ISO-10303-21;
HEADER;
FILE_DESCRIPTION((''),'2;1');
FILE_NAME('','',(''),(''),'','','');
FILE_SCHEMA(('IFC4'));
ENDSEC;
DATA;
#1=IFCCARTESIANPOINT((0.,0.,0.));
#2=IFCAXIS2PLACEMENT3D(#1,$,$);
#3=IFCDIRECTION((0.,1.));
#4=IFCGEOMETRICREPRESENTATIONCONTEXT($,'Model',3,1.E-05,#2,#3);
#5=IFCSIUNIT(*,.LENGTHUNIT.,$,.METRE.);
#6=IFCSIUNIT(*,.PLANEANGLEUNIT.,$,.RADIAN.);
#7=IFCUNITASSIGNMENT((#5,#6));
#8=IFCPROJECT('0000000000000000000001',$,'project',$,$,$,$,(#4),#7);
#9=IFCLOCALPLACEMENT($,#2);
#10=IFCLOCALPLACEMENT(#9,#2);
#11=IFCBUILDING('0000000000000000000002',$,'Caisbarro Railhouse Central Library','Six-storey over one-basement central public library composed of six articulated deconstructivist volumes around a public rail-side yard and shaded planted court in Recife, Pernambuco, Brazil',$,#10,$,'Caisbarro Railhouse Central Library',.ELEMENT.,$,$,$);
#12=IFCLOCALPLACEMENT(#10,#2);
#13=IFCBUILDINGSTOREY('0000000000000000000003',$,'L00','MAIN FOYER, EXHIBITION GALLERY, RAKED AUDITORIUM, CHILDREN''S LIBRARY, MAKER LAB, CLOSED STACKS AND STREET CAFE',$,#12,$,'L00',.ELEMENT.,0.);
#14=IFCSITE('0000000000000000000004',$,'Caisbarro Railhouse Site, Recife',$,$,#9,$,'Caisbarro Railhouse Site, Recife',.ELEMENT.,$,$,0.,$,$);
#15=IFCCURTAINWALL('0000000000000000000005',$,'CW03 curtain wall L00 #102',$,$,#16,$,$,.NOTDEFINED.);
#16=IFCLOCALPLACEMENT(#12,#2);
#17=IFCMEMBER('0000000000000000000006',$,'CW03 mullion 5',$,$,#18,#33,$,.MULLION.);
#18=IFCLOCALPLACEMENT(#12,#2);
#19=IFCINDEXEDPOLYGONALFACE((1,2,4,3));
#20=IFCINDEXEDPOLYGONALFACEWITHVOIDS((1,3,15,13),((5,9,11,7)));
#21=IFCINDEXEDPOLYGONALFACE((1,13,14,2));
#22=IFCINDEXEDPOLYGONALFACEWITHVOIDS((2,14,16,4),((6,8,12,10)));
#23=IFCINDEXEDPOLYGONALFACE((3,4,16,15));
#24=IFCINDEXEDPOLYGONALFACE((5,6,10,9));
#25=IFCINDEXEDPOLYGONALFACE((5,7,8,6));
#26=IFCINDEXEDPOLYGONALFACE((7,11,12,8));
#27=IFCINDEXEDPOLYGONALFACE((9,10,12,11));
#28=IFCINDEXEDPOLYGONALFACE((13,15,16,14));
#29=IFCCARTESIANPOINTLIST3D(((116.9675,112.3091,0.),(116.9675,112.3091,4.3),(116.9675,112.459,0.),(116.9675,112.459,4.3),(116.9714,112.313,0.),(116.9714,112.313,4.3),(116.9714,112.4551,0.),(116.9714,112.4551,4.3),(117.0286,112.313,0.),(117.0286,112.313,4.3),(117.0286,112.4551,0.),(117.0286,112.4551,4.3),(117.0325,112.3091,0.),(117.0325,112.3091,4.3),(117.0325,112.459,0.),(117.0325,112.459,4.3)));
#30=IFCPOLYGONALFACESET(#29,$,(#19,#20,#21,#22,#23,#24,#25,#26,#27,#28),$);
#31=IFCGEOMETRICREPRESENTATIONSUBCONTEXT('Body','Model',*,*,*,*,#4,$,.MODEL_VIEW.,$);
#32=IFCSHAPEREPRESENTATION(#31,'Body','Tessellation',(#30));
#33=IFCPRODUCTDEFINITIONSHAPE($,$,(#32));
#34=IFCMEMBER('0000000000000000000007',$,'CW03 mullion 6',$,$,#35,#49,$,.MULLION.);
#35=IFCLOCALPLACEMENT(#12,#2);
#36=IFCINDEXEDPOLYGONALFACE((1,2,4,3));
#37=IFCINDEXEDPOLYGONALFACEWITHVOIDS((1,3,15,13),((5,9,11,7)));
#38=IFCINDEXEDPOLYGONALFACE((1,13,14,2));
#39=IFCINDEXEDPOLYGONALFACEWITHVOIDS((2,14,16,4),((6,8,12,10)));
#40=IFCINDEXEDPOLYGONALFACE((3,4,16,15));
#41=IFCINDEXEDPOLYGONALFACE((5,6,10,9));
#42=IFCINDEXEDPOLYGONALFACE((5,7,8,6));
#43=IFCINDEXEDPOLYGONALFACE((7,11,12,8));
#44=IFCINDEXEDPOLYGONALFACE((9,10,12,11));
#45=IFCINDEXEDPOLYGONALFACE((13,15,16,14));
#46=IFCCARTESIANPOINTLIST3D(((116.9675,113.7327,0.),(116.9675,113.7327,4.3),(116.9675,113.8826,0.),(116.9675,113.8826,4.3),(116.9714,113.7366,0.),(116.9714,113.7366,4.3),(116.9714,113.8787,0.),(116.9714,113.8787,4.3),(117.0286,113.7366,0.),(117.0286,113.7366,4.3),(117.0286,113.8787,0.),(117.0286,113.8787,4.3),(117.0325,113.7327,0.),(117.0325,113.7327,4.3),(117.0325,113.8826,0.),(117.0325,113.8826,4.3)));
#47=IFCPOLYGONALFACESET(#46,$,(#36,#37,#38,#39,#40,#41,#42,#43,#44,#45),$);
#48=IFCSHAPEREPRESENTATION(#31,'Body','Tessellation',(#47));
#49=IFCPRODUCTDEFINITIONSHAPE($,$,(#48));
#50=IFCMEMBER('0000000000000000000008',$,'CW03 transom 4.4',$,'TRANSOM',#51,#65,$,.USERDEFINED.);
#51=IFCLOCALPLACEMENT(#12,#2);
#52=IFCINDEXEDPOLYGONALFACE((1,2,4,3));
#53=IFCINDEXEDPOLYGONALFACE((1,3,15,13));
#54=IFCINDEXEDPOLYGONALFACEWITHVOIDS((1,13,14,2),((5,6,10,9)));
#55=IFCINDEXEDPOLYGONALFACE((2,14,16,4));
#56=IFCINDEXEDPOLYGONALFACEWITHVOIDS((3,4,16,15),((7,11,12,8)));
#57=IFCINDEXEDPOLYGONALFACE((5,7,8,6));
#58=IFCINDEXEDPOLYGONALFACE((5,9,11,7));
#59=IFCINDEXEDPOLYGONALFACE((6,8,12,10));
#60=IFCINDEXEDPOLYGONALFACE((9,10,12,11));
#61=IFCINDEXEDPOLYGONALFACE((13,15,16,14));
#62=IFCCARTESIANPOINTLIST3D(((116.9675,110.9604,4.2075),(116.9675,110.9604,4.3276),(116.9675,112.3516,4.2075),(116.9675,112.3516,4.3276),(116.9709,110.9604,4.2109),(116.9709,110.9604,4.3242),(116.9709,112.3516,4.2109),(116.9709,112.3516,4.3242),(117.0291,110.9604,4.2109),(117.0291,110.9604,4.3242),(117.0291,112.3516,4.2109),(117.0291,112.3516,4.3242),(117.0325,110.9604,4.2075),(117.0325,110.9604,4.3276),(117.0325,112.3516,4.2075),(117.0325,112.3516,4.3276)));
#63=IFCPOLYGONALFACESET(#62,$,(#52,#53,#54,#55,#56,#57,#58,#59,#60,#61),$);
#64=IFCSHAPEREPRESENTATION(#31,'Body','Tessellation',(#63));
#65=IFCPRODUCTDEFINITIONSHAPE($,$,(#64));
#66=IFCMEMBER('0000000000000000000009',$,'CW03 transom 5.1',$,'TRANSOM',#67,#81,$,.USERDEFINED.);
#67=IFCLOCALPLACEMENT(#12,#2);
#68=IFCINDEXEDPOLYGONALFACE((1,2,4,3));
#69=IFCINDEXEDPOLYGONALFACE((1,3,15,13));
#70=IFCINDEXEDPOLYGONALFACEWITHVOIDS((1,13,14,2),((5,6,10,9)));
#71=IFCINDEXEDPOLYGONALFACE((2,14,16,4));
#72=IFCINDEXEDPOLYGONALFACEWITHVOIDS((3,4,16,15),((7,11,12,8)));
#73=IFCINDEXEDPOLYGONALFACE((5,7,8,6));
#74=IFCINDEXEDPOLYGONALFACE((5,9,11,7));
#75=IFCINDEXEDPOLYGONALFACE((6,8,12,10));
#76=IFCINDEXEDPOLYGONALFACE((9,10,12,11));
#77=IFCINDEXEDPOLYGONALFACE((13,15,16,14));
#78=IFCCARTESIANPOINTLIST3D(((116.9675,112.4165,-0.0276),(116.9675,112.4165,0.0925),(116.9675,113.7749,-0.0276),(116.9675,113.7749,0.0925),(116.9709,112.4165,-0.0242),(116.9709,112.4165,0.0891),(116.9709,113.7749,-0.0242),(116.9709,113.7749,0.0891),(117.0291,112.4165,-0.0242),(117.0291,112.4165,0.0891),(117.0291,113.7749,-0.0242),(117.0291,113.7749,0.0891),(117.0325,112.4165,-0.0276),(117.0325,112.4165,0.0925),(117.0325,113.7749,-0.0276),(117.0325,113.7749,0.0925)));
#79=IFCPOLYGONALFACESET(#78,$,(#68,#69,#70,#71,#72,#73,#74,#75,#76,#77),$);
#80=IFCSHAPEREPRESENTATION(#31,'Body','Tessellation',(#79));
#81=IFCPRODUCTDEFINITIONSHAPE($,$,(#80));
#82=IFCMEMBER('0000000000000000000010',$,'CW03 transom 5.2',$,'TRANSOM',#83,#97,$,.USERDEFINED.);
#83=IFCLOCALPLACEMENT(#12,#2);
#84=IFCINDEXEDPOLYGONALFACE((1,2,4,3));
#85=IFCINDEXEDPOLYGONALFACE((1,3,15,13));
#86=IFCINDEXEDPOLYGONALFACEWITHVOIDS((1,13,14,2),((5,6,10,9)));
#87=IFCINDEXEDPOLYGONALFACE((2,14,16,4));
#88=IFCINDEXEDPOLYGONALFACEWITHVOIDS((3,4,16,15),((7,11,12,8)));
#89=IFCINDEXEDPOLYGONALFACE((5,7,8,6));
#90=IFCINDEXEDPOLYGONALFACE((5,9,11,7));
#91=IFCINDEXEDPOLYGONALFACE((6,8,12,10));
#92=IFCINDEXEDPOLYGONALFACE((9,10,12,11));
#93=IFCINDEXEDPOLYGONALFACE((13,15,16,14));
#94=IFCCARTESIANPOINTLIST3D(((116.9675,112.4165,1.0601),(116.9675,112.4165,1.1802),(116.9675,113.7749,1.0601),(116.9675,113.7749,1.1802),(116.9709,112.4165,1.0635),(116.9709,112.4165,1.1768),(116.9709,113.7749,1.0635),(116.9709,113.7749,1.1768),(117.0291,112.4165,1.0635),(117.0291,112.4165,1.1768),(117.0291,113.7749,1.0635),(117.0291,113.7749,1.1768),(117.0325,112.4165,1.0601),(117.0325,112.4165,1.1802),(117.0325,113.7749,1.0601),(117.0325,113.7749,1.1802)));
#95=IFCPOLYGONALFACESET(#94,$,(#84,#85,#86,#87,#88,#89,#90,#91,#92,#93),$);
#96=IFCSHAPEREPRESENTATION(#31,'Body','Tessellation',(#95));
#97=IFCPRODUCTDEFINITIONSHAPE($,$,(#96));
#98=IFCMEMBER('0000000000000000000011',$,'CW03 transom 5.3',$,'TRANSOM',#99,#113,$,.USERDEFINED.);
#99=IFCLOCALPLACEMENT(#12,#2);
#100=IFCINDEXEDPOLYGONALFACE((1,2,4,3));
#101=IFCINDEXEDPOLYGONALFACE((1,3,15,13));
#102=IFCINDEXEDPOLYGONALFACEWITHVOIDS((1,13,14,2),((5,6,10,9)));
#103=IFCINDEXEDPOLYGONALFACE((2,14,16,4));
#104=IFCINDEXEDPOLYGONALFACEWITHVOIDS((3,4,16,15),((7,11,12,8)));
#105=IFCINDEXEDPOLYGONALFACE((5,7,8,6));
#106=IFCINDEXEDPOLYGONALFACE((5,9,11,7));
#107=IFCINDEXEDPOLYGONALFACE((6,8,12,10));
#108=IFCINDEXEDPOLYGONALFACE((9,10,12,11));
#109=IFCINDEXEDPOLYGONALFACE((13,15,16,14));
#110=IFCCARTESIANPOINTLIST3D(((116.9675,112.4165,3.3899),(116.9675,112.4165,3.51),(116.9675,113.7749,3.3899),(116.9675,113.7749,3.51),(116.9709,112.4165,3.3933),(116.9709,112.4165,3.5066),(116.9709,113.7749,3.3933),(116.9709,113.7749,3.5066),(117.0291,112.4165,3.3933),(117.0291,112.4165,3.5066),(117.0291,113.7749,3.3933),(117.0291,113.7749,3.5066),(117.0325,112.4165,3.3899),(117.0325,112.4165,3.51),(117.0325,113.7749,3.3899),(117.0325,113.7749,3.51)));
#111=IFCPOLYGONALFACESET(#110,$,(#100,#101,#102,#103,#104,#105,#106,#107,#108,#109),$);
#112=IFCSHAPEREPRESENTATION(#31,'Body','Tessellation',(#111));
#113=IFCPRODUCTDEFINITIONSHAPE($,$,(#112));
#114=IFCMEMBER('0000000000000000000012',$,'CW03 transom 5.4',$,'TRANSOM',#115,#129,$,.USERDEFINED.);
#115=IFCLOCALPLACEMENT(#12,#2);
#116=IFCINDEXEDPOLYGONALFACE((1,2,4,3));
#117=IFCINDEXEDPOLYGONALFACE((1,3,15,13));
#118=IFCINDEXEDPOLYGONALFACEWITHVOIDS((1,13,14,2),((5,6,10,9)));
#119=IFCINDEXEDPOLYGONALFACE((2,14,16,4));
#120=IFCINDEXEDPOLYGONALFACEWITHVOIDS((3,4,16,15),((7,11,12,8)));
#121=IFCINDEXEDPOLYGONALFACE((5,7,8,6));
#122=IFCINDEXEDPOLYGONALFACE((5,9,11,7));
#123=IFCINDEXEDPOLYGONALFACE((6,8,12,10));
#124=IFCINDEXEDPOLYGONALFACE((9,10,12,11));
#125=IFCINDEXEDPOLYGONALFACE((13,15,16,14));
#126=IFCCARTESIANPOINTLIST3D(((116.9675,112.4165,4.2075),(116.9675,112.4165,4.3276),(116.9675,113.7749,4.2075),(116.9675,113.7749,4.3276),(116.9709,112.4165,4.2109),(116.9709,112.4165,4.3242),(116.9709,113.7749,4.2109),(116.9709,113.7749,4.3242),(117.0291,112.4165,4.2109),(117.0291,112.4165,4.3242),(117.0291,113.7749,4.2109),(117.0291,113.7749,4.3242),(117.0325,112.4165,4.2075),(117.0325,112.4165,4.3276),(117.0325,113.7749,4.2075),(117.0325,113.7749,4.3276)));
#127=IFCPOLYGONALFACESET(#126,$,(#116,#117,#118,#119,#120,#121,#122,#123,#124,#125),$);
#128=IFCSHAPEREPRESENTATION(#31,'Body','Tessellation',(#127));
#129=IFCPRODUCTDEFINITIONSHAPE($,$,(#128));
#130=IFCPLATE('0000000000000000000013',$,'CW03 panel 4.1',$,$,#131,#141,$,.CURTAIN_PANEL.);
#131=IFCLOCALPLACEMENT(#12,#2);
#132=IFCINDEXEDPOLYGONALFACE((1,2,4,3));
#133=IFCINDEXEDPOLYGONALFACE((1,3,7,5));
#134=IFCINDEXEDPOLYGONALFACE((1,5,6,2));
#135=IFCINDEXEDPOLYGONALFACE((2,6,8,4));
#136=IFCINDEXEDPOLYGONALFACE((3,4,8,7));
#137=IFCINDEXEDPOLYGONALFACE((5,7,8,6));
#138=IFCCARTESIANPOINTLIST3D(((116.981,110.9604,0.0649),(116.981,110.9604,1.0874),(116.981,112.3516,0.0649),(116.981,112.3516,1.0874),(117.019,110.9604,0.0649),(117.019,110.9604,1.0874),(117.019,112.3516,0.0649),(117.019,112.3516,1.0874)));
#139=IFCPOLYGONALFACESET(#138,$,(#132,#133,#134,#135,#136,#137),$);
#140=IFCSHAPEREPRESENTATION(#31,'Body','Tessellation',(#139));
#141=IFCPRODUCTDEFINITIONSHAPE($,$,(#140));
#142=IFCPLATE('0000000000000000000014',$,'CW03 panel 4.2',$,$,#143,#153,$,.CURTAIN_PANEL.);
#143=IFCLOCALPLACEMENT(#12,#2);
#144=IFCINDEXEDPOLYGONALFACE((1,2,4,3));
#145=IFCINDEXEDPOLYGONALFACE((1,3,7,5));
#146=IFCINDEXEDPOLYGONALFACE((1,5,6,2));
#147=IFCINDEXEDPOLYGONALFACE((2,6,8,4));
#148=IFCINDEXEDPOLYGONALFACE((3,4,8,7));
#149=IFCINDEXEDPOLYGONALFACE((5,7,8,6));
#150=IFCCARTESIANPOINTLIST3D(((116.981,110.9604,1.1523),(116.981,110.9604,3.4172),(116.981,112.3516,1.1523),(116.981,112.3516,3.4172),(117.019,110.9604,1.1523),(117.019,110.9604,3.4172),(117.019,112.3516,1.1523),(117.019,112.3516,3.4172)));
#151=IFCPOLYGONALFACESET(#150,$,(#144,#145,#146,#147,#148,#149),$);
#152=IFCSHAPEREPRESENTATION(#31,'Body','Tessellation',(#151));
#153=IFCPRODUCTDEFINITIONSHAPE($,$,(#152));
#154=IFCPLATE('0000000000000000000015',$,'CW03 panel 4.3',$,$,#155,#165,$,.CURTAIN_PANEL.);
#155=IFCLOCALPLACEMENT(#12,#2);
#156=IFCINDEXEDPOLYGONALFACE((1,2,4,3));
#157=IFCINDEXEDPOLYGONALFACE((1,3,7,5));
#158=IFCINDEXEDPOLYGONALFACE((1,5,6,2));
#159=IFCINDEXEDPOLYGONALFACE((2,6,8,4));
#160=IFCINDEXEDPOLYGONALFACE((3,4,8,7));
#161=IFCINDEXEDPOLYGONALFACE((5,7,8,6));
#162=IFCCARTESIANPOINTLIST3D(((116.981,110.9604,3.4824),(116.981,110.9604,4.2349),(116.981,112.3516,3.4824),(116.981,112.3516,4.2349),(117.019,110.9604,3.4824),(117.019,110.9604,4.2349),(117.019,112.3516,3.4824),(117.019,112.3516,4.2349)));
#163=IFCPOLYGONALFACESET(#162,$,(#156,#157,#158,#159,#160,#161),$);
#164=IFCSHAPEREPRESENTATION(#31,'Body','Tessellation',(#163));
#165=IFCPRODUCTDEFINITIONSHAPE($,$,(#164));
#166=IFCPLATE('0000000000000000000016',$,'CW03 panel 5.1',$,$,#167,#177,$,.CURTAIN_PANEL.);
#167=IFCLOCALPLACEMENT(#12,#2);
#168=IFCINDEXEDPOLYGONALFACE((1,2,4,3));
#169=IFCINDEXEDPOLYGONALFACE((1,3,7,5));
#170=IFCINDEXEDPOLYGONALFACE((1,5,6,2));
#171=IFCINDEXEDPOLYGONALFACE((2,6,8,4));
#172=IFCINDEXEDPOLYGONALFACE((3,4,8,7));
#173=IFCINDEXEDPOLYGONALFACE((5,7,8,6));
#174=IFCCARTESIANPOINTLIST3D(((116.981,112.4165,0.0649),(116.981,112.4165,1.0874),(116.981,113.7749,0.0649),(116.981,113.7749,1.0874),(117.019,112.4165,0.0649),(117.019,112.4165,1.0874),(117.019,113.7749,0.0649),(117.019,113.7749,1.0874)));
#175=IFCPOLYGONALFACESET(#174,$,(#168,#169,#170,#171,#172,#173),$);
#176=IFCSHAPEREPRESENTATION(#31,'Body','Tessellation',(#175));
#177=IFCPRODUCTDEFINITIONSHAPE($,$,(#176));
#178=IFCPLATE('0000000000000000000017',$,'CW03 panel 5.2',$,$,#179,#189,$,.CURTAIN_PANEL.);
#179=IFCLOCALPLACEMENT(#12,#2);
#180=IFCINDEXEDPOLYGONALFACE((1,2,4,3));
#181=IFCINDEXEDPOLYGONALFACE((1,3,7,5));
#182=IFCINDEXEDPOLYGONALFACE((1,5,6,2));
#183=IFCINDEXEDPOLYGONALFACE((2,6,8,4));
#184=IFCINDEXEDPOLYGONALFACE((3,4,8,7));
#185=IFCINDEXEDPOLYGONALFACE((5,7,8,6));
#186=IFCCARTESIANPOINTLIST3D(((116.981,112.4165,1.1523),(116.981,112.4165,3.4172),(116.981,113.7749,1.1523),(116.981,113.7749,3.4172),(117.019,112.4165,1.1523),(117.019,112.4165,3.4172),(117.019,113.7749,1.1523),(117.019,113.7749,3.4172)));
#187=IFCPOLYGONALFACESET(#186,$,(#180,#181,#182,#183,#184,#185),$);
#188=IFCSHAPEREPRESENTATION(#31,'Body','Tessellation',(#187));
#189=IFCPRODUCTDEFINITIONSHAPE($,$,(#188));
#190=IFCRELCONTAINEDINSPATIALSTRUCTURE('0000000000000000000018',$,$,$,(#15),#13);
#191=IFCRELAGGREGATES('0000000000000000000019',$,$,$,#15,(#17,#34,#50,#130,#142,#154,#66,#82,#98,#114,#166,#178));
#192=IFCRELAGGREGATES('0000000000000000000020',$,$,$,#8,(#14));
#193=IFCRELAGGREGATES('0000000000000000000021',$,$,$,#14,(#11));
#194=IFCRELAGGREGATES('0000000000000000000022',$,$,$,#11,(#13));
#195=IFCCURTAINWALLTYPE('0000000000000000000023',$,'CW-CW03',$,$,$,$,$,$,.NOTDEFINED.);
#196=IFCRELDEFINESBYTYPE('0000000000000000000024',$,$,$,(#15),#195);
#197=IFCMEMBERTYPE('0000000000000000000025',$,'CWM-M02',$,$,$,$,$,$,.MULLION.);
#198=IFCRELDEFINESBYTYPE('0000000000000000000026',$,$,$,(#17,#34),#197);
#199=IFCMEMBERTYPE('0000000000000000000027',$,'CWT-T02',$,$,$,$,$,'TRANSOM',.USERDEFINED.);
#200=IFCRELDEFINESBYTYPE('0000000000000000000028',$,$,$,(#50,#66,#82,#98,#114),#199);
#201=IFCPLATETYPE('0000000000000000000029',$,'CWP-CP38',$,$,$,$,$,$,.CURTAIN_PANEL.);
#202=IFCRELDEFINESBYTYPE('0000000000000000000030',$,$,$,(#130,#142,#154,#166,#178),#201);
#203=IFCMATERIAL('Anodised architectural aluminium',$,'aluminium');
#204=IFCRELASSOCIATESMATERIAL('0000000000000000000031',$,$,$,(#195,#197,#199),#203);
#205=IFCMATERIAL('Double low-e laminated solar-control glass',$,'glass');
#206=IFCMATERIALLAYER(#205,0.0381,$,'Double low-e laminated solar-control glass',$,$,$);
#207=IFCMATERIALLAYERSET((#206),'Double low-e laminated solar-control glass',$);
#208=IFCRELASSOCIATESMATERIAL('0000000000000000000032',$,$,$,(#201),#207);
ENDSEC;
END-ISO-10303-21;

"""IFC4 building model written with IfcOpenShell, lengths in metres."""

from ifc_helpers import new_model, si_unit, direction, frame, origin, origin_2d, place, context, subcontext, project, spatial, rectangle, hollow_rectangle, extrude, material, layer, layer_set, material_profile, profile_set, type_object, element, aggregate, save


model = new_model("IFC4")

# Units and contexts
model_context = context("Model", 3, precision=1e-05, world=origin(), true_north=direction((0.0, 1.0)))
body_context = subcontext(model_context, "Body", "Model", "MODEL_VIEW")
ifc_project = project(units=[si_unit("LENGTHUNIT", "METRE"), si_unit("PLANEANGLEUNIT", "RADIAN")], contexts=[model_context])

# Site, building, storey
site_placement = place(None, origin())
site = spatial("IfcSite", under=ifc_project, at=site_placement, Name="Caisbarro Railhouse Site, Recife", LongName="Caisbarro Railhouse Site, Recife", CompositionType="ELEMENT", RefElevation=0.0)
building_placement = place(site_placement, origin())
building = spatial("IfcBuilding", under=site, at=building_placement, Name="Caisbarro Railhouse Central Library", Description="Six-storey over one-basement central public library composed of six articulated deconstructivist volumes around a public rail-side yard and shaded planted court in Recife, Pernambuco, Brazil", LongName="Caisbarro Railhouse Central Library", CompositionType="ELEMENT")
storey_placement = place(building_placement, origin())
storey = spatial("IfcBuildingStorey", under=building, at=storey_placement, Name="L00", Description="MAIN FOYER, EXHIBITION GALLERY, RAKED AUDITORIUM, CHILDREN'S LIBRARY, MAKER LAB, CLOSED STACKS AND STREET CAFE", LongName="L00", CompositionType="ELEMENT", Elevation=0.0)

# Curtain wall, members, plates
ifc_material_1 = material(Name="Anodised architectural aluminium", Category="aluminium")
curtain_wall_type = type_object("IfcCurtainWallType", Name="CW-CW03", PredefinedType="NOTDEFINED", material=ifc_material_1)
curtain_wall_placement = place(storey_placement, origin())
curtain_wall = element("IfcCurtainWall", 1, at=curtain_wall_placement, inside=storey, type_object=curtain_wall_type, Name="CW03 curtain wall L00 #102", PredefinedType="NOTDEFINED")
ifc_material_profile_1 = material_profile(ifc_material_1, hollow_rectangle(XDim=0.0649, YDim=0.1499, WallThickness=0.0039, at=origin_2d()), Name="ALU-MUL-65X150")
ifc_profile_set_1 = profile_set([ifc_material_profile_1], Name="Anodised architectural aluminium")
member_type_1 = type_object("IfcMemberType", Name="CWM-M02", PredefinedType="MULLION", material=ifc_profile_set_1)
member_1_placement = place(storey_placement, frame((117.0, 112.384, 0.0), z_axis=(0.0, 0.0, 1.0), x_axis=(-1.0, 0.0, 0.0)))
member_1 = element("IfcMember", 2, at=member_1_placement, type_object=member_type_1, Name="CW03 mullion 5", PredefinedType="MULLION", context=body_context, shape_type="SweptSolid", body=[
    extrude(hollow_rectangle(XDim=0.0649, YDim=0.1499, WallThickness=0.0039, at=origin_2d()), origin(), (0.0, 0.0, 1.0), 4.3),
])
member_2_placement = place(storey_placement, frame((117.0, 113.8076, 0.0), z_axis=(0.0, 0.0, 1.0), x_axis=(-1.0, 0.0, 0.0)))
member_2 = element("IfcMember", 3, at=member_2_placement, type_object=member_type_1, Name="CW03 mullion 6", PredefinedType="MULLION", context=body_context, shape_type="SweptSolid", body=[
    extrude(hollow_rectangle(XDim=0.0649, YDim=0.1499, WallThickness=0.0039, at=origin_2d()), origin(), (0.0, 0.0, 1.0), 4.3),
])
ifc_material_profile_2 = material_profile(ifc_material_1, hollow_rectangle(XDim=0.0649, YDim=0.1201, WallThickness=0.0034, at=origin_2d()), Name="ALU-TRN-65X120")
ifc_profile_set_2 = profile_set([ifc_material_profile_2], Name="Anodised architectural aluminium")
member_type_2 = type_object("IfcMemberType", Name="CWT-T02", ElementType="TRANSOM", PredefinedType="USERDEFINED", material=ifc_profile_set_2)
member_3_placement = place(storey_placement, frame((117.0, 110.9604, 4.2676), z_axis=(0.0, 1.0, 0.0), x_axis=(-1.0, 0.0, 0.0)))
member_3 = element("IfcMember", 4, at=member_3_placement, type_object=member_type_2, Name="CW03 transom 4.4", ObjectType="TRANSOM", PredefinedType="USERDEFINED", context=body_context, shape_type="SweptSolid", body=[
    extrude(hollow_rectangle(XDim=0.0649, YDim=0.1201, WallThickness=0.0034, at=origin_2d()), origin(), (0.0, 0.0, 1.0), 1.3911),
])
member_4_placement = place(storey_placement, frame((117.0, 112.4165, 0.0325), z_axis=(0.0, 1.0, 0.0), x_axis=(-1.0, 0.0, 0.0)))
member_4 = element("IfcMember", 5, at=member_4_placement, type_object=member_type_2, Name="CW03 transom 5.1", ObjectType="TRANSOM", PredefinedType="USERDEFINED", context=body_context, shape_type="SweptSolid", body=[
    extrude(hollow_rectangle(XDim=0.0649, YDim=0.1201, WallThickness=0.0034, at=origin_2d()), origin(), (0.0, 0.0, 1.0), 1.3584),
])
member_5_placement = place(storey_placement, frame((117.0, 112.4165, 1.1201), z_axis=(0.0, 1.0, 0.0), x_axis=(-1.0, 0.0, 0.0)))
member_5 = element("IfcMember", 6, at=member_5_placement, type_object=member_type_2, Name="CW03 transom 5.2", ObjectType="TRANSOM", PredefinedType="USERDEFINED", context=body_context, shape_type="SweptSolid", body=[
    extrude(hollow_rectangle(XDim=0.0649, YDim=0.1201, WallThickness=0.0034, at=origin_2d()), origin(), (0.0, 0.0, 1.0), 1.3584),
])
member_6_placement = place(storey_placement, frame((117.0, 112.4165, 3.45), z_axis=(0.0, 1.0, 0.0), x_axis=(-1.0, 0.0, 0.0)))
member_6 = element("IfcMember", 7, at=member_6_placement, type_object=member_type_2, Name="CW03 transom 5.3", ObjectType="TRANSOM", PredefinedType="USERDEFINED", context=body_context, shape_type="SweptSolid", body=[
    extrude(hollow_rectangle(XDim=0.0649, YDim=0.1201, WallThickness=0.0034, at=origin_2d()), origin(), (0.0, 0.0, 1.0), 1.3584),
])
member_7_placement = place(storey_placement, frame((117.0, 112.4165, 4.2676), z_axis=(0.0, 1.0, 0.0), x_axis=(-1.0, 0.0, 0.0)))
member_7 = element("IfcMember", 8, at=member_7_placement, type_object=member_type_2, Name="CW03 transom 5.4", ObjectType="TRANSOM", PredefinedType="USERDEFINED", context=body_context, shape_type="SweptSolid", body=[
    extrude(hollow_rectangle(XDim=0.0649, YDim=0.1201, WallThickness=0.0034, at=origin_2d()), origin(), (0.0, 0.0, 1.0), 1.3584),
])
ifc_material_2 = material(Name="Double low-e laminated solar-control glass", Category="glass")
ifc_layer_1 = layer(ifc_material_2, 0.0381, Name="Double low-e laminated solar-control glass")
ifc_layer_set_1 = layer_set([ifc_layer_1], Name="Double low-e laminated solar-control glass")
plate_type = type_object("IfcPlateType", Name="CWP-CP38", PredefinedType="CURTAIN_PANEL", material=ifc_layer_set_1)
plate_1_placement = place(storey_placement, frame((117.0, 111.656, 0.0649), z_axis=(0.0, 0.0, 1.0), x_axis=(0.0, 1.0, 0.0)))
plate_1 = element("IfcPlate", 9, at=plate_1_placement, type_object=plate_type, Name="CW03 panel 4.1", PredefinedType="CURTAIN_PANEL", context=body_context, shape_type="SweptSolid", body=[
    extrude(rectangle(XDim=1.3911, YDim=0.0381, at=origin_2d()), origin(), (0.0, 0.0, 1.0), 1.0225),
])
plate_2_placement = place(storey_placement, frame((117.0, 111.656, 1.1523), z_axis=(0.0, 0.0, 1.0), x_axis=(0.0, 1.0, 0.0)))
plate_2 = element("IfcPlate", 10, at=plate_2_placement, type_object=plate_type, Name="CW03 panel 4.2", PredefinedType="CURTAIN_PANEL", context=body_context, shape_type="SweptSolid", body=[
    extrude(rectangle(XDim=1.3911, YDim=0.0381, at=origin_2d()), origin(), (0.0, 0.0, 1.0), 2.2649),
])
plate_3_placement = place(storey_placement, frame((117.0, 111.656, 3.4824), z_axis=(0.0, 0.0, 1.0), x_axis=(0.0, 1.0, 0.0)))
plate_3 = element("IfcPlate", 11, at=plate_3_placement, type_object=plate_type, Name="CW03 panel 4.3", PredefinedType="CURTAIN_PANEL", context=body_context, shape_type="SweptSolid", body=[
    extrude(rectangle(XDim=1.3911, YDim=0.0381, at=origin_2d()), origin(), (0.0, 0.0, 1.0), 0.7524),
])
plate_4_placement = place(storey_placement, frame((117.0, 113.0957, 0.0649), z_axis=(0.0, 0.0, 1.0), x_axis=(0.0, 1.0, 0.0)))
plate_4 = element("IfcPlate", 12, at=plate_4_placement, type_object=plate_type, Name="CW03 panel 5.1", PredefinedType="CURTAIN_PANEL", context=body_context, shape_type="SweptSolid", body=[
    extrude(rectangle(XDim=1.3584, YDim=0.0381, at=origin_2d()), origin(), (0.0, 0.0, 1.0), 1.0225),
])
plate_5_placement = place(storey_placement, frame((117.0, 113.0957, 1.1523), z_axis=(0.0, 0.0, 1.0), x_axis=(0.0, 1.0, 0.0)))
plate_5 = element("IfcPlate", 13, at=plate_5_placement, type_object=plate_type, Name="CW03 panel 5.2", PredefinedType="CURTAIN_PANEL", context=body_context, shape_type="SweptSolid", body=[
    extrude(rectangle(XDim=1.3584, YDim=0.0381, at=origin_2d()), origin(), (0.0, 0.0, 1.0), 2.2649),
])
aggregate(curtain_wall, [member_1, member_2, member_3, plate_1, plate_2, plate_3, member_4, member_5, member_6, member_7, plate_4, plate_5])

save(model, "model.ifc")
